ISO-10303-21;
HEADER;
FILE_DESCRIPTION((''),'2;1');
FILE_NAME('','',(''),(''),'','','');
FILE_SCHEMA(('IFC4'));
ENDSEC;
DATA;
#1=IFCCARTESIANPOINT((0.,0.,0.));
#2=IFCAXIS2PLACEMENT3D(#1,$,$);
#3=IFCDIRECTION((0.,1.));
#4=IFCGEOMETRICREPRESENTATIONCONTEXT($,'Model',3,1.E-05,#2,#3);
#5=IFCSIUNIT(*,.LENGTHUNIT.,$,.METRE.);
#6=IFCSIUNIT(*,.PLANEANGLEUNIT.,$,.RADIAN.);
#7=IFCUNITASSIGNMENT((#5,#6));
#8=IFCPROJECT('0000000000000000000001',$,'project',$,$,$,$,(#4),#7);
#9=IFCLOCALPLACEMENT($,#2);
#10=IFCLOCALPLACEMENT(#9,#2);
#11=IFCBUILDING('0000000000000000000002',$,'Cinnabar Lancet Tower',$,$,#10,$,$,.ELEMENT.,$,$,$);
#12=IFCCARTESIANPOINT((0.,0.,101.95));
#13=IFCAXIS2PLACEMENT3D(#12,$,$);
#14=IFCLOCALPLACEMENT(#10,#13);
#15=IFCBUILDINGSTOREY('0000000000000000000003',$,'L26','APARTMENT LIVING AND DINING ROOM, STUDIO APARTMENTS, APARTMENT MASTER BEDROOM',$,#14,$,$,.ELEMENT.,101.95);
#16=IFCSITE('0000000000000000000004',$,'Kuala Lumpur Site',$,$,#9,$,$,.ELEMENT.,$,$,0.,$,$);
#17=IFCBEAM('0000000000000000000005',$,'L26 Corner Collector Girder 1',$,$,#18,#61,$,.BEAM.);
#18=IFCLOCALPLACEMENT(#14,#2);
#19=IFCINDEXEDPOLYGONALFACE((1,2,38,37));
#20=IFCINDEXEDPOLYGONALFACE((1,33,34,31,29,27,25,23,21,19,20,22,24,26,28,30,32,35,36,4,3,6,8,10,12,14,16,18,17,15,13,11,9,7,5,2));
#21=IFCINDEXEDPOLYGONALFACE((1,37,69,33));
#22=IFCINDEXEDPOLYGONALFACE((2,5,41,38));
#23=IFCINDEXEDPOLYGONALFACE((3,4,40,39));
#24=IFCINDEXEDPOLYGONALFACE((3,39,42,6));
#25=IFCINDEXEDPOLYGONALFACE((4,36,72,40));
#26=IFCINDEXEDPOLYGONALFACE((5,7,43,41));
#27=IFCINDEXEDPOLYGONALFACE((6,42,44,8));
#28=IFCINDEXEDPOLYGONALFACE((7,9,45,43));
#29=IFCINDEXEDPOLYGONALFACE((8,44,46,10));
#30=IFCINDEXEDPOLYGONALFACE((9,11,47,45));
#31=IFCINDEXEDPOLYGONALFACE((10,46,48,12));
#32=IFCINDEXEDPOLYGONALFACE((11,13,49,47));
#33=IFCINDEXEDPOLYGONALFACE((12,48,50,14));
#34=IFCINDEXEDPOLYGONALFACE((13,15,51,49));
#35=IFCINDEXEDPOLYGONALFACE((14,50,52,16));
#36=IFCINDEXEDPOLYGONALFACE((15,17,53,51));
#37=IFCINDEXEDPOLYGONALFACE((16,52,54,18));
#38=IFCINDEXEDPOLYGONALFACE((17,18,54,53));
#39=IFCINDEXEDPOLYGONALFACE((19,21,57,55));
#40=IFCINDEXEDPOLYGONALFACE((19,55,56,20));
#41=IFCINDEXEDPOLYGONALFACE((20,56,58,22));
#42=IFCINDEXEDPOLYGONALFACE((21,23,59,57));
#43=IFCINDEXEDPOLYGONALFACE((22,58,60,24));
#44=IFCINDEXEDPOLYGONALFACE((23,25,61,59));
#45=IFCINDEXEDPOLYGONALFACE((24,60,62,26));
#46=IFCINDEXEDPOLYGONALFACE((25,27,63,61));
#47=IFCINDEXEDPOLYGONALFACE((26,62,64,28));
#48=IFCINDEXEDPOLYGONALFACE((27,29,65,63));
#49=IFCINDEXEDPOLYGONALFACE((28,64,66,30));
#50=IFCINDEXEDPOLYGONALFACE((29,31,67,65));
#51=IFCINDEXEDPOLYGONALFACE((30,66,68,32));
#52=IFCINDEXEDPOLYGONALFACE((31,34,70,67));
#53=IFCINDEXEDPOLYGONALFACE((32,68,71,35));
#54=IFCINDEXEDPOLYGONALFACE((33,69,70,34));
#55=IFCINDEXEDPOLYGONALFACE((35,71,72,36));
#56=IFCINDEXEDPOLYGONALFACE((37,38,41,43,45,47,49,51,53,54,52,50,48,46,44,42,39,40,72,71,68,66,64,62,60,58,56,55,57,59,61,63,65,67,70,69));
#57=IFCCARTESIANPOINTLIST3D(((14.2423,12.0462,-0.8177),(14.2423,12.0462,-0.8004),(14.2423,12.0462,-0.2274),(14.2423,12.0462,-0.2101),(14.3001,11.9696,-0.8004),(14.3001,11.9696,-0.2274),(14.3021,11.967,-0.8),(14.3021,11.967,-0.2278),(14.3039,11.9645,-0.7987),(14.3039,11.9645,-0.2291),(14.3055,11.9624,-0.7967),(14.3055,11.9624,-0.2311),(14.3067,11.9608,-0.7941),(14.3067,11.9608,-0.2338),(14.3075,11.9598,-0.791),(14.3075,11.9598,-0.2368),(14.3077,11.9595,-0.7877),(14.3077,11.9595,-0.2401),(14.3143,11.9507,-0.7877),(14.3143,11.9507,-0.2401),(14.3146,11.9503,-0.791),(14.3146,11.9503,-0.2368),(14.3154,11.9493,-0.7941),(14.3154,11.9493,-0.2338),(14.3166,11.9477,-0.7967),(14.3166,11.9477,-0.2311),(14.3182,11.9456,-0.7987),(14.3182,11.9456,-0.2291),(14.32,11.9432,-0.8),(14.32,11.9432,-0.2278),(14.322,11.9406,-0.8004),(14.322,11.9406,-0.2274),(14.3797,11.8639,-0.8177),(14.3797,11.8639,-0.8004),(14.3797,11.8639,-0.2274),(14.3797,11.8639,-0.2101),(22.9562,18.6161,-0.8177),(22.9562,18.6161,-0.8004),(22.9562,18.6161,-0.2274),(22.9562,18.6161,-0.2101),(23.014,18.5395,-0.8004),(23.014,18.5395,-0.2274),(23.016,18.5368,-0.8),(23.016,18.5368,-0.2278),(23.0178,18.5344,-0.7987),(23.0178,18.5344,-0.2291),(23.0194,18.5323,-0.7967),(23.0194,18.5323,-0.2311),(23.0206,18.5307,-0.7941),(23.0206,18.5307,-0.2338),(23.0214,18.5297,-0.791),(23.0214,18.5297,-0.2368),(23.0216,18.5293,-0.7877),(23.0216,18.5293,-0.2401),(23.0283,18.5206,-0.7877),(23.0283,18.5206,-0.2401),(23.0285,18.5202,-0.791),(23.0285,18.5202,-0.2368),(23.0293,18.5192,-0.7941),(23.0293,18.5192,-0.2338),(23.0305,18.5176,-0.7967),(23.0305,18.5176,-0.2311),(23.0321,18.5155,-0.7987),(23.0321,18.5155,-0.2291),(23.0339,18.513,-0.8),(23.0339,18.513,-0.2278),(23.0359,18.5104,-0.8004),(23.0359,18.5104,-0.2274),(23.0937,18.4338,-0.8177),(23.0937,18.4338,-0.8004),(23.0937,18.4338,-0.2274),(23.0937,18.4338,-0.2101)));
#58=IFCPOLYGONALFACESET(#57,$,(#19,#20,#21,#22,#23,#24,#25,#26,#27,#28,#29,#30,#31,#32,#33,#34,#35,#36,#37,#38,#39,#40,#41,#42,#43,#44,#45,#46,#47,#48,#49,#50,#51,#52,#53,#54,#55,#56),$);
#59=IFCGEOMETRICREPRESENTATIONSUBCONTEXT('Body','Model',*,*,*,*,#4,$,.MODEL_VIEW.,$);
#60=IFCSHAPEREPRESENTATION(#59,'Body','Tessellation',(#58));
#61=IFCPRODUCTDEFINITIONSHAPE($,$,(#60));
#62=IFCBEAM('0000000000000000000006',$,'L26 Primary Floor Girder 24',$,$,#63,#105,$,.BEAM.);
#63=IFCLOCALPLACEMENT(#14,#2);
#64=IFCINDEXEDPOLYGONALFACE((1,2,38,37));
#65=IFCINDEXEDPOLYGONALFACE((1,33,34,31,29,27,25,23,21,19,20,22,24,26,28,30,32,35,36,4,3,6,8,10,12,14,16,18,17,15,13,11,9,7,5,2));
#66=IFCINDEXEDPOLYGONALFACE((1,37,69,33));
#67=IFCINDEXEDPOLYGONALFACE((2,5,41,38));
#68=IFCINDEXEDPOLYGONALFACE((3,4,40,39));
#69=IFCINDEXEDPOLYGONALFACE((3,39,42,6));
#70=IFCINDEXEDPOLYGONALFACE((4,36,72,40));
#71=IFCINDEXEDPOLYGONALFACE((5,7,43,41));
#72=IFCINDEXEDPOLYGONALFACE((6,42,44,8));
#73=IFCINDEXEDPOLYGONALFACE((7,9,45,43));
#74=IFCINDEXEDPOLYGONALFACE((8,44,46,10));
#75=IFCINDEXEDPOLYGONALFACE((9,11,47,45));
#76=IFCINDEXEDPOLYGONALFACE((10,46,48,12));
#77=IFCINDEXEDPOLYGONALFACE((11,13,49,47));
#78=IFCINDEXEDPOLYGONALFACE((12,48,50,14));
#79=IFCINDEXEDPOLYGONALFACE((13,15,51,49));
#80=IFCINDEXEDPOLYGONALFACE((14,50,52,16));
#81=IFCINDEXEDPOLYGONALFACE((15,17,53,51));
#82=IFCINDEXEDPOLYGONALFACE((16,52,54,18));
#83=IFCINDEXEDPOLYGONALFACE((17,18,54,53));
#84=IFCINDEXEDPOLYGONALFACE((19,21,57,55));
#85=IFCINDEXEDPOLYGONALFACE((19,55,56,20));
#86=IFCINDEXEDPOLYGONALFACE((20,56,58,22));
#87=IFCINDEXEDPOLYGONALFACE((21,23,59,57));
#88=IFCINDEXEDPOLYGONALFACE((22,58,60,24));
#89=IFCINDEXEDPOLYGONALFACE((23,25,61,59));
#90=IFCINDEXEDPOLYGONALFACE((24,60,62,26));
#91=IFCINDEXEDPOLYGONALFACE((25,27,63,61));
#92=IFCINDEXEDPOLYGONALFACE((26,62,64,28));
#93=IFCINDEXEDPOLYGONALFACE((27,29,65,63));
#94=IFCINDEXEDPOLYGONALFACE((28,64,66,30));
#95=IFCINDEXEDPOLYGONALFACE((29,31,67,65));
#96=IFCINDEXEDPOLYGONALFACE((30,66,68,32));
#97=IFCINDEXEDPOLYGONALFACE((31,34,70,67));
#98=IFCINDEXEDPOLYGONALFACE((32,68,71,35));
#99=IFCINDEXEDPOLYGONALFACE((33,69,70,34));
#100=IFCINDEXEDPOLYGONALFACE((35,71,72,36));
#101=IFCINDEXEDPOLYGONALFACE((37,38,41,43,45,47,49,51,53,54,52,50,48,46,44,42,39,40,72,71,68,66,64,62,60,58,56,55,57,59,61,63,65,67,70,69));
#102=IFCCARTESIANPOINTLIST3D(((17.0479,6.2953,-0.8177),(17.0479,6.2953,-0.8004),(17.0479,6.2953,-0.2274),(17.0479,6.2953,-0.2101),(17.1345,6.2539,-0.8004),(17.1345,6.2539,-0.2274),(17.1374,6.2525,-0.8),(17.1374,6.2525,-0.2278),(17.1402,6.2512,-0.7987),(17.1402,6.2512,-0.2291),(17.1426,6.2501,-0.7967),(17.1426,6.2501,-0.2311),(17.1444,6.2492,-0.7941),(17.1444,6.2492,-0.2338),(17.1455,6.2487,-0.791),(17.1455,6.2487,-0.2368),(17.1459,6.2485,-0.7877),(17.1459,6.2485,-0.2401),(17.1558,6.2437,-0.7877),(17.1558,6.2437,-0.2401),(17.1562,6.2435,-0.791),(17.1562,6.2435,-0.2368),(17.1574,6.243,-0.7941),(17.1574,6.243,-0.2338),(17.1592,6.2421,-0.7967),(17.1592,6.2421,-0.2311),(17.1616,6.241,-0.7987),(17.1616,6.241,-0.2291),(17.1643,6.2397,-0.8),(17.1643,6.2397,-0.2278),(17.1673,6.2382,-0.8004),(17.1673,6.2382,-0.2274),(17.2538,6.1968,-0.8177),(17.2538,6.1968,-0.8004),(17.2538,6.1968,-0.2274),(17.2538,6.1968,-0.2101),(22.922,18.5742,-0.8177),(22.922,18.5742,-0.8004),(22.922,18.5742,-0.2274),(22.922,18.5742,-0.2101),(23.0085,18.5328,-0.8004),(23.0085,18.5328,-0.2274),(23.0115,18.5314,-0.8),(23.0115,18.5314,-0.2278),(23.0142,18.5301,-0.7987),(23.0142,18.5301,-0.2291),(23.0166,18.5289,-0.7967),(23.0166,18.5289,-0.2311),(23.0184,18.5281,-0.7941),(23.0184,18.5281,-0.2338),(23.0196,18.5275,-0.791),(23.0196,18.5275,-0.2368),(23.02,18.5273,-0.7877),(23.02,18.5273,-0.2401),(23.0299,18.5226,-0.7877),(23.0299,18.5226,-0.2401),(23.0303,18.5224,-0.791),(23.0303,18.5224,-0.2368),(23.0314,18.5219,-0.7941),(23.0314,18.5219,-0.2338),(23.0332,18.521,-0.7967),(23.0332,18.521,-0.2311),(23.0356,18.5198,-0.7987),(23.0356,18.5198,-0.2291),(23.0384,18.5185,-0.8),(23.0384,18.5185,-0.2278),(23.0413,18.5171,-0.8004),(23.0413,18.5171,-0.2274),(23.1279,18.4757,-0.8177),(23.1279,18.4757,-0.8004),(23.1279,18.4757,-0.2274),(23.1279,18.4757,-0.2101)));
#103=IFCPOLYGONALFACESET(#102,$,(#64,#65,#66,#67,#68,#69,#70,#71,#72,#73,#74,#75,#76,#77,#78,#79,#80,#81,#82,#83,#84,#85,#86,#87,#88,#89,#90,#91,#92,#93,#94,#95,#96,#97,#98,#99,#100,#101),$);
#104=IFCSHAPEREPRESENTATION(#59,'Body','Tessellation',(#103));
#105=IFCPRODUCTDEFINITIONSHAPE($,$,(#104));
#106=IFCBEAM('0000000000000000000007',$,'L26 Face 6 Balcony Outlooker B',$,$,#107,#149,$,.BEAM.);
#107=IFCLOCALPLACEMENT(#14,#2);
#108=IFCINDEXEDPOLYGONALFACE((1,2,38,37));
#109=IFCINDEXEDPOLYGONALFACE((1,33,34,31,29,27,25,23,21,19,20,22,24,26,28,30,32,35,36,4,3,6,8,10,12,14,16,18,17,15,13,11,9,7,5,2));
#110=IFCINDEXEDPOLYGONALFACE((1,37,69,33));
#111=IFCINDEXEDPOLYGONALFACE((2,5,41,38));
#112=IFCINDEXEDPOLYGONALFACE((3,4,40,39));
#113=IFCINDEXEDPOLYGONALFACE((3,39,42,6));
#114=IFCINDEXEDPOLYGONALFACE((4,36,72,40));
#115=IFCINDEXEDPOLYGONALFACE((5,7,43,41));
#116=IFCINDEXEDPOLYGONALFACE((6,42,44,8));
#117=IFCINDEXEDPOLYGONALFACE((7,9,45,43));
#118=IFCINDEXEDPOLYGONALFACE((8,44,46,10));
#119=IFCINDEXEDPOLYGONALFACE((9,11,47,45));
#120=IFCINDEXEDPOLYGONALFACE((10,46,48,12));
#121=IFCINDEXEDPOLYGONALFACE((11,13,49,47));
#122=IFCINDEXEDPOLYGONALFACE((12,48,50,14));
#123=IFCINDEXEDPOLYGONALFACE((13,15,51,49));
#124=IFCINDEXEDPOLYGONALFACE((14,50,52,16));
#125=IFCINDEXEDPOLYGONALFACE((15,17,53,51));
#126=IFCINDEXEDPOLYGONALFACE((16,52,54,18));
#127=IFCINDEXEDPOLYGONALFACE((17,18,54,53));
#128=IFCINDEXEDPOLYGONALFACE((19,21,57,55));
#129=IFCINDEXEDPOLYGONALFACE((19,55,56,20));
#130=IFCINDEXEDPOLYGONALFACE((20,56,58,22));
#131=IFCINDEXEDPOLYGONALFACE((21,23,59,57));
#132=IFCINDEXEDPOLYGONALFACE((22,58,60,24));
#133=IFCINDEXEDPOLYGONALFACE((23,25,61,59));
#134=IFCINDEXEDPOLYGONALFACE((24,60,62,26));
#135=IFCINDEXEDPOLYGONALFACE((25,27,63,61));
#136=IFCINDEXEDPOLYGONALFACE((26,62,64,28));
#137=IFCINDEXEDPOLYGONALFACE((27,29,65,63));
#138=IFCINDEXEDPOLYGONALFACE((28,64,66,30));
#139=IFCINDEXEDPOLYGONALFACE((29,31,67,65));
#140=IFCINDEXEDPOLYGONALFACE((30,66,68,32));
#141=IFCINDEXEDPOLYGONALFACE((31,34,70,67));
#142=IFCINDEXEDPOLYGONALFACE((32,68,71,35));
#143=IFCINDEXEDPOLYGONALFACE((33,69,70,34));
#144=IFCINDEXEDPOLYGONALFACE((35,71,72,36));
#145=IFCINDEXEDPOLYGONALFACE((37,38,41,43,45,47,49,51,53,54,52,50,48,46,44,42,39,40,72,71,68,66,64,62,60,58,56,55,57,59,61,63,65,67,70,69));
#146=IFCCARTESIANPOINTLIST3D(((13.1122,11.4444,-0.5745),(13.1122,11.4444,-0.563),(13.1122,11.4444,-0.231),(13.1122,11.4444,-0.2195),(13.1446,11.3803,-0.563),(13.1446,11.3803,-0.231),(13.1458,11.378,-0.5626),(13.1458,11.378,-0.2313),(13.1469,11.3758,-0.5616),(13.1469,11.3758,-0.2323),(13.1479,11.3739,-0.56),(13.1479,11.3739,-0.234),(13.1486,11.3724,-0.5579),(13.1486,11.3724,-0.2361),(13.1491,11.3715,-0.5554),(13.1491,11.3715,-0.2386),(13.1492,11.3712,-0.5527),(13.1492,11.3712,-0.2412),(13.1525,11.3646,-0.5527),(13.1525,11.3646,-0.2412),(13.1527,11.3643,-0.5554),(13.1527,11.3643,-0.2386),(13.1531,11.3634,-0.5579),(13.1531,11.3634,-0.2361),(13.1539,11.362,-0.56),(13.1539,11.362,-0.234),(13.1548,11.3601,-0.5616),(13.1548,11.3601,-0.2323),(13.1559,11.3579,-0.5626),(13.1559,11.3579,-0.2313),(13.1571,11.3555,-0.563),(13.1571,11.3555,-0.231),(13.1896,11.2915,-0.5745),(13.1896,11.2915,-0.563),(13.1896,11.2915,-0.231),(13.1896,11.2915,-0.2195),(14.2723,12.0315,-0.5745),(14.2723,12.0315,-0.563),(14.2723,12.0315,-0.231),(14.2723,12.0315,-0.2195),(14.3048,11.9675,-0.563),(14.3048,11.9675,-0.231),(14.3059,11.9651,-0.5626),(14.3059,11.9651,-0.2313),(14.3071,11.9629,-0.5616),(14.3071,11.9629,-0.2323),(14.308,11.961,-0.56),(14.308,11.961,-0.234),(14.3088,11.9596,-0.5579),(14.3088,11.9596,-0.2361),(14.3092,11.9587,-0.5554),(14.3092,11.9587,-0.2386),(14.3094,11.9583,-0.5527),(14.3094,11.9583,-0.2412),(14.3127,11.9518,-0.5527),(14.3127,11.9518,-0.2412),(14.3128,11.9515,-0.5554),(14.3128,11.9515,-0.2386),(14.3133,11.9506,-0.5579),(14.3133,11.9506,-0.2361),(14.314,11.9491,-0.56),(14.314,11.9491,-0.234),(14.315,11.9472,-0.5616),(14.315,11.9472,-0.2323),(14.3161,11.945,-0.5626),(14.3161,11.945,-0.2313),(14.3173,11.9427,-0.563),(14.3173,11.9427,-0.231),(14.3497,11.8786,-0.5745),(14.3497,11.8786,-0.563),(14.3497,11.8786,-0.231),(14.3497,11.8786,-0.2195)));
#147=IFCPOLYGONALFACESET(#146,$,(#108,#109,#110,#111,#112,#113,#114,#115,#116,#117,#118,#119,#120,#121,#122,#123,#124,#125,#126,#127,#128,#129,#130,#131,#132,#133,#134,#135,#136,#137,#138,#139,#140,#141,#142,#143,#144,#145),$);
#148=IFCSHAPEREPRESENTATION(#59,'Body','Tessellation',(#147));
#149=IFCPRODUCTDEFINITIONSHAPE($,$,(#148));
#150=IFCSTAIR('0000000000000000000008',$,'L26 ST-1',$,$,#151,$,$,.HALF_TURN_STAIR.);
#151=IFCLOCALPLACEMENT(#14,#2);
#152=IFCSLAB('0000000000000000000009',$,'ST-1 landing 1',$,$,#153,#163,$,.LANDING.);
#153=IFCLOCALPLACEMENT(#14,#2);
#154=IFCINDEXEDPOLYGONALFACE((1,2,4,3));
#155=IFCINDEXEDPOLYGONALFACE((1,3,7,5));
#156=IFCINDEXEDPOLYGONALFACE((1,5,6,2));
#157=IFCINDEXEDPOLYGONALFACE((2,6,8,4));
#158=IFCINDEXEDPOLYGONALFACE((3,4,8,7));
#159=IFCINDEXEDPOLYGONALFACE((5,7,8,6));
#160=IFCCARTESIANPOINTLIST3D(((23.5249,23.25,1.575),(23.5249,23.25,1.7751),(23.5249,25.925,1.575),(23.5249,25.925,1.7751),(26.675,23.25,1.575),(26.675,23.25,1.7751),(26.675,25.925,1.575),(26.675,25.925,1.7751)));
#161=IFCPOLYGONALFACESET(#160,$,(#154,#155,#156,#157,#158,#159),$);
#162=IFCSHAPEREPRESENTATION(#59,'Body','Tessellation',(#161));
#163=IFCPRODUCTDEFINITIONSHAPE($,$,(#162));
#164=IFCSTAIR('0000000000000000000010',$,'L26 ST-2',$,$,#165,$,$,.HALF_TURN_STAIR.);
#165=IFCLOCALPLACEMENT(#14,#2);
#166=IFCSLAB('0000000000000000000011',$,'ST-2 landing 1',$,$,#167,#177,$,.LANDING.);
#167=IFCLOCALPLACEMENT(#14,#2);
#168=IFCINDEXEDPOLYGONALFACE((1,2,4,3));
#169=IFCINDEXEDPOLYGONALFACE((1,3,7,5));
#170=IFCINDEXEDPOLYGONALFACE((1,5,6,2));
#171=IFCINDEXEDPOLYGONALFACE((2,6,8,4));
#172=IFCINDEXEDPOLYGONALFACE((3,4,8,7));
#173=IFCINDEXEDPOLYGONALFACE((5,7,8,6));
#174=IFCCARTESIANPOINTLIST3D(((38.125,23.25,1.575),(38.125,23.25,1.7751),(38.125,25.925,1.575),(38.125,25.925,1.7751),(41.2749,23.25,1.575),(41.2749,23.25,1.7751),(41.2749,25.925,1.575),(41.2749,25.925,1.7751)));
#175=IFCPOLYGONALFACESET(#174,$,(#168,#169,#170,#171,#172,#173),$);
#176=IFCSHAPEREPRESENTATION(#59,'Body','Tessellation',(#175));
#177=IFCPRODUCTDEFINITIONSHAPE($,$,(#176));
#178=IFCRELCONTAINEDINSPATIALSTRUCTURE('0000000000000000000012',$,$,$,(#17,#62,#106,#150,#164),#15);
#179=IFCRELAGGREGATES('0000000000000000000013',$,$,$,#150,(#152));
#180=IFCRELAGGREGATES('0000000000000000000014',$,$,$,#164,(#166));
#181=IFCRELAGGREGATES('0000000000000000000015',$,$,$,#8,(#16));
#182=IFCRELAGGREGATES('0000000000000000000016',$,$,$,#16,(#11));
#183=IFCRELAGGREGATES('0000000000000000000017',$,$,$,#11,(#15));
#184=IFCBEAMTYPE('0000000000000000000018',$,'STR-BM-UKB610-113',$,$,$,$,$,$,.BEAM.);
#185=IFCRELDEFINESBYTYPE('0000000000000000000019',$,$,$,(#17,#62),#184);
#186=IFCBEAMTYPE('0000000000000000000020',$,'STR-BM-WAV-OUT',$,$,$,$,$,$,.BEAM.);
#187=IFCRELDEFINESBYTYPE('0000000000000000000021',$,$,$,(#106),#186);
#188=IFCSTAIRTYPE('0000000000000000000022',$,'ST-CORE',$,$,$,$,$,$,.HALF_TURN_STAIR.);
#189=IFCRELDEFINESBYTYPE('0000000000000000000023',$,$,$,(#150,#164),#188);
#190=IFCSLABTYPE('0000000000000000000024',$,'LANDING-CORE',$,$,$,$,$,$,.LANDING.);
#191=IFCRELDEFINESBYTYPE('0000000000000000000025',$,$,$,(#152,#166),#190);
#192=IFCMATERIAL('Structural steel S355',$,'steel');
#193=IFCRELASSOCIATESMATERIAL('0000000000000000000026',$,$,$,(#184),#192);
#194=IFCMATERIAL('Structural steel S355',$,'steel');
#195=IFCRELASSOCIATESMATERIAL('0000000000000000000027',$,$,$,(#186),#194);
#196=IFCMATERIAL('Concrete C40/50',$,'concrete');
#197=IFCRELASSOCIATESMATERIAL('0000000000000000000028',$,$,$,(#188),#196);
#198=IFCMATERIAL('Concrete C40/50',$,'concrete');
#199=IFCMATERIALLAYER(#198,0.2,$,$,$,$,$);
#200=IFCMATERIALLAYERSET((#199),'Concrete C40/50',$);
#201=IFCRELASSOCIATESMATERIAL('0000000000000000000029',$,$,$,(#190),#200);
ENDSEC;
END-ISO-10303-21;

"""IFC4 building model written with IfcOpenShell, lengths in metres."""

from ifc_helpers import new_model, si_unit, direction, frame, origin, origin_2d, place, context, subcontext, project, spatial, polyline, i_section, outline, extrude, material, layer, layer_set, material_profile, profile_set, type_object, element, aggregate, save


model = new_model("IFC4")

# Units and contexts
model_context = context("Model", 3, precision=1e-05, world=origin(), true_north=direction((0.0, 1.0)))
body_context = subcontext(model_context, "Body", "Model", "MODEL_VIEW")
ifc_project = project(units=[si_unit("LENGTHUNIT", "METRE"), si_unit("PLANEANGLEUNIT", "RADIAN")], contexts=[model_context])

# Site, building, storey
site_placement = place(None, origin())
site = spatial("IfcSite", under=ifc_project, at=site_placement, Name="Kuala Lumpur Site", CompositionType="ELEMENT", RefElevation=0.0)
building_placement = place(site_placement, origin())
building = spatial("IfcBuilding", under=site, at=building_placement, Name="Cinnabar Lancet Tower", CompositionType="ELEMENT")
storey_placement = place(building_placement, frame((0.0, 0.0, 101.95)))
storey = spatial("IfcBuildingStorey", under=building, at=storey_placement, Name="L26", Description="APARTMENT LIVING AND DINING ROOM, STUDIO APARTMENTS, APARTMENT MASTER BEDROOM", CompositionType="ELEMENT", Elevation=101.95)

# Beams
ifc_material_1 = material(Name="Structural steel S355", Category="steel")
ifc_material_profile_1 = material_profile(ifc_material_1, i_section(OverallWidth=0.2283, OverallDepth=0.6077, WebThickness=0.011, FlangeThickness=0.0173, FilletRadius=0.0127, at=origin_2d()), Name="UKB 610x229x113")
ifc_profile_set_1 = profile_set([ifc_material_profile_1], Name="Structural steel S355")
beam_type_1 = type_object("IfcBeamType", Name="STR-BM-UKB610-113", PredefinedType="BEAM", material=ifc_profile_set_1)
beam_1_placement = place(storey_placement, frame((14.311, 11.9551, -0.5139), z_axis=(0.798483, 0.602017, 0.0), x_axis=(-0.602017, 0.798483, 0.0)))
element("IfcBeam", 1, at=beam_1_placement, inside=storey, type_object=beam_type_1, Name="L26 Corner Collector Girder 1", PredefinedType="BEAM", context=body_context, shape_type="SweptSolid", body=[
    extrude(i_section(OverallWidth=0.2283, OverallDepth=0.6077, WebThickness=0.011, FlangeThickness=0.0173, FilletRadius=0.0127, at=origin_2d()), origin(), (0.0, 0.0, 1.0), 10.9131),
])
beam_2_placement = place(storey_placement, frame((17.1509, 6.2461, -0.5139), z_axis=(0.431548, 0.90209, 0.0), x_axis=(-0.90209, 0.431548, 0.0)))
element("IfcBeam", 2, at=beam_2_placement, inside=storey, type_object=beam_type_1, Name="L26 Primary Floor Girder 24", PredefinedType="BEAM", context=body_context, shape_type="SweptSolid", body=[
    extrude(i_section(OverallWidth=0.2283, OverallDepth=0.6077, WebThickness=0.011, FlangeThickness=0.0173, FilletRadius=0.0127, at=origin_2d()), origin(), (0.0, 0.0, 1.0), 13.6116),
])
ifc_material_2 = material(Name="Structural steel S355", Category="steel")
ifc_material_profile_2 = material_profile(ifc_material_2, i_section(OverallWidth=0.1714, OverallDepth=0.355, WebThickness=0.0073, FlangeThickness=0.0115, FilletRadius=0.0103, at=origin_2d()), Name="UKB 356x171x51")
ifc_profile_set_2 = profile_set([ifc_material_profile_2], Name="Structural steel S355")
beam_type_2 = type_object("IfcBeamType", Name="STR-BM-WAV-OUT", PredefinedType="BEAM", material=ifc_profile_set_2)
beam_3_placement = place(storey_placement, frame((14.311, 11.9551, -0.397), z_axis=(-0.892239, -0.451564, 0.0), x_axis=(0.451564, -0.892239, 0.0)))
element("IfcBeam", 3, at=beam_3_placement, inside=storey, type_object=beam_type_2, Name="L26 Face 6 Balcony Outlooker B", PredefinedType="BEAM", context=body_context, shape_type="SweptSolid", body=[
    extrude(i_section(OverallWidth=0.1714, OverallDepth=0.355, WebThickness=0.0073, FlangeThickness=0.0115, FilletRadius=0.0103, at=origin_2d()), origin(), (0.0, 0.0, 1.0), 1.3003),
])

# Stairs, slabs
ifc_material_3 = material(Name="Concrete C40/50", Category="concrete")
stair_type = type_object("IfcStairType", Name="ST-CORE", PredefinedType="HALF_TURN_STAIR", material=ifc_material_3)
stair_1_placement = place(storey_placement, origin())
stair_1 = element("IfcStair", 4, at=stair_1_placement, inside=storey, type_object=stair_type, Name="L26 ST-1", PredefinedType="HALF_TURN_STAIR")
ifc_material_4 = material(Name="Concrete C40/50", Category="concrete")
ifc_layer_1 = layer(ifc_material_4, 0.2)
ifc_layer_set_1 = layer_set([ifc_layer_1], Name="Concrete C40/50")
slab_type_1 = type_object("IfcSlabType", Name="LANDING-CORE", PredefinedType="LANDING", material=ifc_layer_set_1)
slab_1_placement = place(storey_placement, frame((0.0, 0.0, 1.575)))
slab_1 = element("IfcSlab", 5, at=slab_1_placement, type_object=slab_type_1, Name="ST-1 landing 1", PredefinedType="LANDING", context=body_context, shape_type="SweptSolid", body=[
    extrude(outline(polyline([(23.5249, 25.925), (23.5249, 23.25), (26.675, 23.25), (26.675, 25.925), (23.5249, 25.925)])), origin(), (0.0, 0.0, 1.0), 0.2002),
])
aggregate(stair_1, [slab_1])
stair_2_placement = place(storey_placement, origin())
stair_2 = element("IfcStair", 6, at=stair_2_placement, inside=storey, type_object=stair_type, Name="L26 ST-2", PredefinedType="HALF_TURN_STAIR")
slab_2_placement = place(storey_placement, frame((0.0, 0.0, 1.575)))
slab_2 = element("IfcSlab", 7, at=slab_2_placement, type_object=slab_type_1, Name="ST-2 landing 1", PredefinedType="LANDING", context=body_context, shape_type="SweptSolid", body=[
    extrude(outline(polyline([(38.125, 25.925), (38.125, 23.25), (41.2749, 23.25), (41.2749, 25.925), (38.125, 25.925)])), origin(), (0.0, 0.0, 1.0), 0.2002),
])
aggregate(stair_2, [slab_2])

save(model, "model.ifc")
